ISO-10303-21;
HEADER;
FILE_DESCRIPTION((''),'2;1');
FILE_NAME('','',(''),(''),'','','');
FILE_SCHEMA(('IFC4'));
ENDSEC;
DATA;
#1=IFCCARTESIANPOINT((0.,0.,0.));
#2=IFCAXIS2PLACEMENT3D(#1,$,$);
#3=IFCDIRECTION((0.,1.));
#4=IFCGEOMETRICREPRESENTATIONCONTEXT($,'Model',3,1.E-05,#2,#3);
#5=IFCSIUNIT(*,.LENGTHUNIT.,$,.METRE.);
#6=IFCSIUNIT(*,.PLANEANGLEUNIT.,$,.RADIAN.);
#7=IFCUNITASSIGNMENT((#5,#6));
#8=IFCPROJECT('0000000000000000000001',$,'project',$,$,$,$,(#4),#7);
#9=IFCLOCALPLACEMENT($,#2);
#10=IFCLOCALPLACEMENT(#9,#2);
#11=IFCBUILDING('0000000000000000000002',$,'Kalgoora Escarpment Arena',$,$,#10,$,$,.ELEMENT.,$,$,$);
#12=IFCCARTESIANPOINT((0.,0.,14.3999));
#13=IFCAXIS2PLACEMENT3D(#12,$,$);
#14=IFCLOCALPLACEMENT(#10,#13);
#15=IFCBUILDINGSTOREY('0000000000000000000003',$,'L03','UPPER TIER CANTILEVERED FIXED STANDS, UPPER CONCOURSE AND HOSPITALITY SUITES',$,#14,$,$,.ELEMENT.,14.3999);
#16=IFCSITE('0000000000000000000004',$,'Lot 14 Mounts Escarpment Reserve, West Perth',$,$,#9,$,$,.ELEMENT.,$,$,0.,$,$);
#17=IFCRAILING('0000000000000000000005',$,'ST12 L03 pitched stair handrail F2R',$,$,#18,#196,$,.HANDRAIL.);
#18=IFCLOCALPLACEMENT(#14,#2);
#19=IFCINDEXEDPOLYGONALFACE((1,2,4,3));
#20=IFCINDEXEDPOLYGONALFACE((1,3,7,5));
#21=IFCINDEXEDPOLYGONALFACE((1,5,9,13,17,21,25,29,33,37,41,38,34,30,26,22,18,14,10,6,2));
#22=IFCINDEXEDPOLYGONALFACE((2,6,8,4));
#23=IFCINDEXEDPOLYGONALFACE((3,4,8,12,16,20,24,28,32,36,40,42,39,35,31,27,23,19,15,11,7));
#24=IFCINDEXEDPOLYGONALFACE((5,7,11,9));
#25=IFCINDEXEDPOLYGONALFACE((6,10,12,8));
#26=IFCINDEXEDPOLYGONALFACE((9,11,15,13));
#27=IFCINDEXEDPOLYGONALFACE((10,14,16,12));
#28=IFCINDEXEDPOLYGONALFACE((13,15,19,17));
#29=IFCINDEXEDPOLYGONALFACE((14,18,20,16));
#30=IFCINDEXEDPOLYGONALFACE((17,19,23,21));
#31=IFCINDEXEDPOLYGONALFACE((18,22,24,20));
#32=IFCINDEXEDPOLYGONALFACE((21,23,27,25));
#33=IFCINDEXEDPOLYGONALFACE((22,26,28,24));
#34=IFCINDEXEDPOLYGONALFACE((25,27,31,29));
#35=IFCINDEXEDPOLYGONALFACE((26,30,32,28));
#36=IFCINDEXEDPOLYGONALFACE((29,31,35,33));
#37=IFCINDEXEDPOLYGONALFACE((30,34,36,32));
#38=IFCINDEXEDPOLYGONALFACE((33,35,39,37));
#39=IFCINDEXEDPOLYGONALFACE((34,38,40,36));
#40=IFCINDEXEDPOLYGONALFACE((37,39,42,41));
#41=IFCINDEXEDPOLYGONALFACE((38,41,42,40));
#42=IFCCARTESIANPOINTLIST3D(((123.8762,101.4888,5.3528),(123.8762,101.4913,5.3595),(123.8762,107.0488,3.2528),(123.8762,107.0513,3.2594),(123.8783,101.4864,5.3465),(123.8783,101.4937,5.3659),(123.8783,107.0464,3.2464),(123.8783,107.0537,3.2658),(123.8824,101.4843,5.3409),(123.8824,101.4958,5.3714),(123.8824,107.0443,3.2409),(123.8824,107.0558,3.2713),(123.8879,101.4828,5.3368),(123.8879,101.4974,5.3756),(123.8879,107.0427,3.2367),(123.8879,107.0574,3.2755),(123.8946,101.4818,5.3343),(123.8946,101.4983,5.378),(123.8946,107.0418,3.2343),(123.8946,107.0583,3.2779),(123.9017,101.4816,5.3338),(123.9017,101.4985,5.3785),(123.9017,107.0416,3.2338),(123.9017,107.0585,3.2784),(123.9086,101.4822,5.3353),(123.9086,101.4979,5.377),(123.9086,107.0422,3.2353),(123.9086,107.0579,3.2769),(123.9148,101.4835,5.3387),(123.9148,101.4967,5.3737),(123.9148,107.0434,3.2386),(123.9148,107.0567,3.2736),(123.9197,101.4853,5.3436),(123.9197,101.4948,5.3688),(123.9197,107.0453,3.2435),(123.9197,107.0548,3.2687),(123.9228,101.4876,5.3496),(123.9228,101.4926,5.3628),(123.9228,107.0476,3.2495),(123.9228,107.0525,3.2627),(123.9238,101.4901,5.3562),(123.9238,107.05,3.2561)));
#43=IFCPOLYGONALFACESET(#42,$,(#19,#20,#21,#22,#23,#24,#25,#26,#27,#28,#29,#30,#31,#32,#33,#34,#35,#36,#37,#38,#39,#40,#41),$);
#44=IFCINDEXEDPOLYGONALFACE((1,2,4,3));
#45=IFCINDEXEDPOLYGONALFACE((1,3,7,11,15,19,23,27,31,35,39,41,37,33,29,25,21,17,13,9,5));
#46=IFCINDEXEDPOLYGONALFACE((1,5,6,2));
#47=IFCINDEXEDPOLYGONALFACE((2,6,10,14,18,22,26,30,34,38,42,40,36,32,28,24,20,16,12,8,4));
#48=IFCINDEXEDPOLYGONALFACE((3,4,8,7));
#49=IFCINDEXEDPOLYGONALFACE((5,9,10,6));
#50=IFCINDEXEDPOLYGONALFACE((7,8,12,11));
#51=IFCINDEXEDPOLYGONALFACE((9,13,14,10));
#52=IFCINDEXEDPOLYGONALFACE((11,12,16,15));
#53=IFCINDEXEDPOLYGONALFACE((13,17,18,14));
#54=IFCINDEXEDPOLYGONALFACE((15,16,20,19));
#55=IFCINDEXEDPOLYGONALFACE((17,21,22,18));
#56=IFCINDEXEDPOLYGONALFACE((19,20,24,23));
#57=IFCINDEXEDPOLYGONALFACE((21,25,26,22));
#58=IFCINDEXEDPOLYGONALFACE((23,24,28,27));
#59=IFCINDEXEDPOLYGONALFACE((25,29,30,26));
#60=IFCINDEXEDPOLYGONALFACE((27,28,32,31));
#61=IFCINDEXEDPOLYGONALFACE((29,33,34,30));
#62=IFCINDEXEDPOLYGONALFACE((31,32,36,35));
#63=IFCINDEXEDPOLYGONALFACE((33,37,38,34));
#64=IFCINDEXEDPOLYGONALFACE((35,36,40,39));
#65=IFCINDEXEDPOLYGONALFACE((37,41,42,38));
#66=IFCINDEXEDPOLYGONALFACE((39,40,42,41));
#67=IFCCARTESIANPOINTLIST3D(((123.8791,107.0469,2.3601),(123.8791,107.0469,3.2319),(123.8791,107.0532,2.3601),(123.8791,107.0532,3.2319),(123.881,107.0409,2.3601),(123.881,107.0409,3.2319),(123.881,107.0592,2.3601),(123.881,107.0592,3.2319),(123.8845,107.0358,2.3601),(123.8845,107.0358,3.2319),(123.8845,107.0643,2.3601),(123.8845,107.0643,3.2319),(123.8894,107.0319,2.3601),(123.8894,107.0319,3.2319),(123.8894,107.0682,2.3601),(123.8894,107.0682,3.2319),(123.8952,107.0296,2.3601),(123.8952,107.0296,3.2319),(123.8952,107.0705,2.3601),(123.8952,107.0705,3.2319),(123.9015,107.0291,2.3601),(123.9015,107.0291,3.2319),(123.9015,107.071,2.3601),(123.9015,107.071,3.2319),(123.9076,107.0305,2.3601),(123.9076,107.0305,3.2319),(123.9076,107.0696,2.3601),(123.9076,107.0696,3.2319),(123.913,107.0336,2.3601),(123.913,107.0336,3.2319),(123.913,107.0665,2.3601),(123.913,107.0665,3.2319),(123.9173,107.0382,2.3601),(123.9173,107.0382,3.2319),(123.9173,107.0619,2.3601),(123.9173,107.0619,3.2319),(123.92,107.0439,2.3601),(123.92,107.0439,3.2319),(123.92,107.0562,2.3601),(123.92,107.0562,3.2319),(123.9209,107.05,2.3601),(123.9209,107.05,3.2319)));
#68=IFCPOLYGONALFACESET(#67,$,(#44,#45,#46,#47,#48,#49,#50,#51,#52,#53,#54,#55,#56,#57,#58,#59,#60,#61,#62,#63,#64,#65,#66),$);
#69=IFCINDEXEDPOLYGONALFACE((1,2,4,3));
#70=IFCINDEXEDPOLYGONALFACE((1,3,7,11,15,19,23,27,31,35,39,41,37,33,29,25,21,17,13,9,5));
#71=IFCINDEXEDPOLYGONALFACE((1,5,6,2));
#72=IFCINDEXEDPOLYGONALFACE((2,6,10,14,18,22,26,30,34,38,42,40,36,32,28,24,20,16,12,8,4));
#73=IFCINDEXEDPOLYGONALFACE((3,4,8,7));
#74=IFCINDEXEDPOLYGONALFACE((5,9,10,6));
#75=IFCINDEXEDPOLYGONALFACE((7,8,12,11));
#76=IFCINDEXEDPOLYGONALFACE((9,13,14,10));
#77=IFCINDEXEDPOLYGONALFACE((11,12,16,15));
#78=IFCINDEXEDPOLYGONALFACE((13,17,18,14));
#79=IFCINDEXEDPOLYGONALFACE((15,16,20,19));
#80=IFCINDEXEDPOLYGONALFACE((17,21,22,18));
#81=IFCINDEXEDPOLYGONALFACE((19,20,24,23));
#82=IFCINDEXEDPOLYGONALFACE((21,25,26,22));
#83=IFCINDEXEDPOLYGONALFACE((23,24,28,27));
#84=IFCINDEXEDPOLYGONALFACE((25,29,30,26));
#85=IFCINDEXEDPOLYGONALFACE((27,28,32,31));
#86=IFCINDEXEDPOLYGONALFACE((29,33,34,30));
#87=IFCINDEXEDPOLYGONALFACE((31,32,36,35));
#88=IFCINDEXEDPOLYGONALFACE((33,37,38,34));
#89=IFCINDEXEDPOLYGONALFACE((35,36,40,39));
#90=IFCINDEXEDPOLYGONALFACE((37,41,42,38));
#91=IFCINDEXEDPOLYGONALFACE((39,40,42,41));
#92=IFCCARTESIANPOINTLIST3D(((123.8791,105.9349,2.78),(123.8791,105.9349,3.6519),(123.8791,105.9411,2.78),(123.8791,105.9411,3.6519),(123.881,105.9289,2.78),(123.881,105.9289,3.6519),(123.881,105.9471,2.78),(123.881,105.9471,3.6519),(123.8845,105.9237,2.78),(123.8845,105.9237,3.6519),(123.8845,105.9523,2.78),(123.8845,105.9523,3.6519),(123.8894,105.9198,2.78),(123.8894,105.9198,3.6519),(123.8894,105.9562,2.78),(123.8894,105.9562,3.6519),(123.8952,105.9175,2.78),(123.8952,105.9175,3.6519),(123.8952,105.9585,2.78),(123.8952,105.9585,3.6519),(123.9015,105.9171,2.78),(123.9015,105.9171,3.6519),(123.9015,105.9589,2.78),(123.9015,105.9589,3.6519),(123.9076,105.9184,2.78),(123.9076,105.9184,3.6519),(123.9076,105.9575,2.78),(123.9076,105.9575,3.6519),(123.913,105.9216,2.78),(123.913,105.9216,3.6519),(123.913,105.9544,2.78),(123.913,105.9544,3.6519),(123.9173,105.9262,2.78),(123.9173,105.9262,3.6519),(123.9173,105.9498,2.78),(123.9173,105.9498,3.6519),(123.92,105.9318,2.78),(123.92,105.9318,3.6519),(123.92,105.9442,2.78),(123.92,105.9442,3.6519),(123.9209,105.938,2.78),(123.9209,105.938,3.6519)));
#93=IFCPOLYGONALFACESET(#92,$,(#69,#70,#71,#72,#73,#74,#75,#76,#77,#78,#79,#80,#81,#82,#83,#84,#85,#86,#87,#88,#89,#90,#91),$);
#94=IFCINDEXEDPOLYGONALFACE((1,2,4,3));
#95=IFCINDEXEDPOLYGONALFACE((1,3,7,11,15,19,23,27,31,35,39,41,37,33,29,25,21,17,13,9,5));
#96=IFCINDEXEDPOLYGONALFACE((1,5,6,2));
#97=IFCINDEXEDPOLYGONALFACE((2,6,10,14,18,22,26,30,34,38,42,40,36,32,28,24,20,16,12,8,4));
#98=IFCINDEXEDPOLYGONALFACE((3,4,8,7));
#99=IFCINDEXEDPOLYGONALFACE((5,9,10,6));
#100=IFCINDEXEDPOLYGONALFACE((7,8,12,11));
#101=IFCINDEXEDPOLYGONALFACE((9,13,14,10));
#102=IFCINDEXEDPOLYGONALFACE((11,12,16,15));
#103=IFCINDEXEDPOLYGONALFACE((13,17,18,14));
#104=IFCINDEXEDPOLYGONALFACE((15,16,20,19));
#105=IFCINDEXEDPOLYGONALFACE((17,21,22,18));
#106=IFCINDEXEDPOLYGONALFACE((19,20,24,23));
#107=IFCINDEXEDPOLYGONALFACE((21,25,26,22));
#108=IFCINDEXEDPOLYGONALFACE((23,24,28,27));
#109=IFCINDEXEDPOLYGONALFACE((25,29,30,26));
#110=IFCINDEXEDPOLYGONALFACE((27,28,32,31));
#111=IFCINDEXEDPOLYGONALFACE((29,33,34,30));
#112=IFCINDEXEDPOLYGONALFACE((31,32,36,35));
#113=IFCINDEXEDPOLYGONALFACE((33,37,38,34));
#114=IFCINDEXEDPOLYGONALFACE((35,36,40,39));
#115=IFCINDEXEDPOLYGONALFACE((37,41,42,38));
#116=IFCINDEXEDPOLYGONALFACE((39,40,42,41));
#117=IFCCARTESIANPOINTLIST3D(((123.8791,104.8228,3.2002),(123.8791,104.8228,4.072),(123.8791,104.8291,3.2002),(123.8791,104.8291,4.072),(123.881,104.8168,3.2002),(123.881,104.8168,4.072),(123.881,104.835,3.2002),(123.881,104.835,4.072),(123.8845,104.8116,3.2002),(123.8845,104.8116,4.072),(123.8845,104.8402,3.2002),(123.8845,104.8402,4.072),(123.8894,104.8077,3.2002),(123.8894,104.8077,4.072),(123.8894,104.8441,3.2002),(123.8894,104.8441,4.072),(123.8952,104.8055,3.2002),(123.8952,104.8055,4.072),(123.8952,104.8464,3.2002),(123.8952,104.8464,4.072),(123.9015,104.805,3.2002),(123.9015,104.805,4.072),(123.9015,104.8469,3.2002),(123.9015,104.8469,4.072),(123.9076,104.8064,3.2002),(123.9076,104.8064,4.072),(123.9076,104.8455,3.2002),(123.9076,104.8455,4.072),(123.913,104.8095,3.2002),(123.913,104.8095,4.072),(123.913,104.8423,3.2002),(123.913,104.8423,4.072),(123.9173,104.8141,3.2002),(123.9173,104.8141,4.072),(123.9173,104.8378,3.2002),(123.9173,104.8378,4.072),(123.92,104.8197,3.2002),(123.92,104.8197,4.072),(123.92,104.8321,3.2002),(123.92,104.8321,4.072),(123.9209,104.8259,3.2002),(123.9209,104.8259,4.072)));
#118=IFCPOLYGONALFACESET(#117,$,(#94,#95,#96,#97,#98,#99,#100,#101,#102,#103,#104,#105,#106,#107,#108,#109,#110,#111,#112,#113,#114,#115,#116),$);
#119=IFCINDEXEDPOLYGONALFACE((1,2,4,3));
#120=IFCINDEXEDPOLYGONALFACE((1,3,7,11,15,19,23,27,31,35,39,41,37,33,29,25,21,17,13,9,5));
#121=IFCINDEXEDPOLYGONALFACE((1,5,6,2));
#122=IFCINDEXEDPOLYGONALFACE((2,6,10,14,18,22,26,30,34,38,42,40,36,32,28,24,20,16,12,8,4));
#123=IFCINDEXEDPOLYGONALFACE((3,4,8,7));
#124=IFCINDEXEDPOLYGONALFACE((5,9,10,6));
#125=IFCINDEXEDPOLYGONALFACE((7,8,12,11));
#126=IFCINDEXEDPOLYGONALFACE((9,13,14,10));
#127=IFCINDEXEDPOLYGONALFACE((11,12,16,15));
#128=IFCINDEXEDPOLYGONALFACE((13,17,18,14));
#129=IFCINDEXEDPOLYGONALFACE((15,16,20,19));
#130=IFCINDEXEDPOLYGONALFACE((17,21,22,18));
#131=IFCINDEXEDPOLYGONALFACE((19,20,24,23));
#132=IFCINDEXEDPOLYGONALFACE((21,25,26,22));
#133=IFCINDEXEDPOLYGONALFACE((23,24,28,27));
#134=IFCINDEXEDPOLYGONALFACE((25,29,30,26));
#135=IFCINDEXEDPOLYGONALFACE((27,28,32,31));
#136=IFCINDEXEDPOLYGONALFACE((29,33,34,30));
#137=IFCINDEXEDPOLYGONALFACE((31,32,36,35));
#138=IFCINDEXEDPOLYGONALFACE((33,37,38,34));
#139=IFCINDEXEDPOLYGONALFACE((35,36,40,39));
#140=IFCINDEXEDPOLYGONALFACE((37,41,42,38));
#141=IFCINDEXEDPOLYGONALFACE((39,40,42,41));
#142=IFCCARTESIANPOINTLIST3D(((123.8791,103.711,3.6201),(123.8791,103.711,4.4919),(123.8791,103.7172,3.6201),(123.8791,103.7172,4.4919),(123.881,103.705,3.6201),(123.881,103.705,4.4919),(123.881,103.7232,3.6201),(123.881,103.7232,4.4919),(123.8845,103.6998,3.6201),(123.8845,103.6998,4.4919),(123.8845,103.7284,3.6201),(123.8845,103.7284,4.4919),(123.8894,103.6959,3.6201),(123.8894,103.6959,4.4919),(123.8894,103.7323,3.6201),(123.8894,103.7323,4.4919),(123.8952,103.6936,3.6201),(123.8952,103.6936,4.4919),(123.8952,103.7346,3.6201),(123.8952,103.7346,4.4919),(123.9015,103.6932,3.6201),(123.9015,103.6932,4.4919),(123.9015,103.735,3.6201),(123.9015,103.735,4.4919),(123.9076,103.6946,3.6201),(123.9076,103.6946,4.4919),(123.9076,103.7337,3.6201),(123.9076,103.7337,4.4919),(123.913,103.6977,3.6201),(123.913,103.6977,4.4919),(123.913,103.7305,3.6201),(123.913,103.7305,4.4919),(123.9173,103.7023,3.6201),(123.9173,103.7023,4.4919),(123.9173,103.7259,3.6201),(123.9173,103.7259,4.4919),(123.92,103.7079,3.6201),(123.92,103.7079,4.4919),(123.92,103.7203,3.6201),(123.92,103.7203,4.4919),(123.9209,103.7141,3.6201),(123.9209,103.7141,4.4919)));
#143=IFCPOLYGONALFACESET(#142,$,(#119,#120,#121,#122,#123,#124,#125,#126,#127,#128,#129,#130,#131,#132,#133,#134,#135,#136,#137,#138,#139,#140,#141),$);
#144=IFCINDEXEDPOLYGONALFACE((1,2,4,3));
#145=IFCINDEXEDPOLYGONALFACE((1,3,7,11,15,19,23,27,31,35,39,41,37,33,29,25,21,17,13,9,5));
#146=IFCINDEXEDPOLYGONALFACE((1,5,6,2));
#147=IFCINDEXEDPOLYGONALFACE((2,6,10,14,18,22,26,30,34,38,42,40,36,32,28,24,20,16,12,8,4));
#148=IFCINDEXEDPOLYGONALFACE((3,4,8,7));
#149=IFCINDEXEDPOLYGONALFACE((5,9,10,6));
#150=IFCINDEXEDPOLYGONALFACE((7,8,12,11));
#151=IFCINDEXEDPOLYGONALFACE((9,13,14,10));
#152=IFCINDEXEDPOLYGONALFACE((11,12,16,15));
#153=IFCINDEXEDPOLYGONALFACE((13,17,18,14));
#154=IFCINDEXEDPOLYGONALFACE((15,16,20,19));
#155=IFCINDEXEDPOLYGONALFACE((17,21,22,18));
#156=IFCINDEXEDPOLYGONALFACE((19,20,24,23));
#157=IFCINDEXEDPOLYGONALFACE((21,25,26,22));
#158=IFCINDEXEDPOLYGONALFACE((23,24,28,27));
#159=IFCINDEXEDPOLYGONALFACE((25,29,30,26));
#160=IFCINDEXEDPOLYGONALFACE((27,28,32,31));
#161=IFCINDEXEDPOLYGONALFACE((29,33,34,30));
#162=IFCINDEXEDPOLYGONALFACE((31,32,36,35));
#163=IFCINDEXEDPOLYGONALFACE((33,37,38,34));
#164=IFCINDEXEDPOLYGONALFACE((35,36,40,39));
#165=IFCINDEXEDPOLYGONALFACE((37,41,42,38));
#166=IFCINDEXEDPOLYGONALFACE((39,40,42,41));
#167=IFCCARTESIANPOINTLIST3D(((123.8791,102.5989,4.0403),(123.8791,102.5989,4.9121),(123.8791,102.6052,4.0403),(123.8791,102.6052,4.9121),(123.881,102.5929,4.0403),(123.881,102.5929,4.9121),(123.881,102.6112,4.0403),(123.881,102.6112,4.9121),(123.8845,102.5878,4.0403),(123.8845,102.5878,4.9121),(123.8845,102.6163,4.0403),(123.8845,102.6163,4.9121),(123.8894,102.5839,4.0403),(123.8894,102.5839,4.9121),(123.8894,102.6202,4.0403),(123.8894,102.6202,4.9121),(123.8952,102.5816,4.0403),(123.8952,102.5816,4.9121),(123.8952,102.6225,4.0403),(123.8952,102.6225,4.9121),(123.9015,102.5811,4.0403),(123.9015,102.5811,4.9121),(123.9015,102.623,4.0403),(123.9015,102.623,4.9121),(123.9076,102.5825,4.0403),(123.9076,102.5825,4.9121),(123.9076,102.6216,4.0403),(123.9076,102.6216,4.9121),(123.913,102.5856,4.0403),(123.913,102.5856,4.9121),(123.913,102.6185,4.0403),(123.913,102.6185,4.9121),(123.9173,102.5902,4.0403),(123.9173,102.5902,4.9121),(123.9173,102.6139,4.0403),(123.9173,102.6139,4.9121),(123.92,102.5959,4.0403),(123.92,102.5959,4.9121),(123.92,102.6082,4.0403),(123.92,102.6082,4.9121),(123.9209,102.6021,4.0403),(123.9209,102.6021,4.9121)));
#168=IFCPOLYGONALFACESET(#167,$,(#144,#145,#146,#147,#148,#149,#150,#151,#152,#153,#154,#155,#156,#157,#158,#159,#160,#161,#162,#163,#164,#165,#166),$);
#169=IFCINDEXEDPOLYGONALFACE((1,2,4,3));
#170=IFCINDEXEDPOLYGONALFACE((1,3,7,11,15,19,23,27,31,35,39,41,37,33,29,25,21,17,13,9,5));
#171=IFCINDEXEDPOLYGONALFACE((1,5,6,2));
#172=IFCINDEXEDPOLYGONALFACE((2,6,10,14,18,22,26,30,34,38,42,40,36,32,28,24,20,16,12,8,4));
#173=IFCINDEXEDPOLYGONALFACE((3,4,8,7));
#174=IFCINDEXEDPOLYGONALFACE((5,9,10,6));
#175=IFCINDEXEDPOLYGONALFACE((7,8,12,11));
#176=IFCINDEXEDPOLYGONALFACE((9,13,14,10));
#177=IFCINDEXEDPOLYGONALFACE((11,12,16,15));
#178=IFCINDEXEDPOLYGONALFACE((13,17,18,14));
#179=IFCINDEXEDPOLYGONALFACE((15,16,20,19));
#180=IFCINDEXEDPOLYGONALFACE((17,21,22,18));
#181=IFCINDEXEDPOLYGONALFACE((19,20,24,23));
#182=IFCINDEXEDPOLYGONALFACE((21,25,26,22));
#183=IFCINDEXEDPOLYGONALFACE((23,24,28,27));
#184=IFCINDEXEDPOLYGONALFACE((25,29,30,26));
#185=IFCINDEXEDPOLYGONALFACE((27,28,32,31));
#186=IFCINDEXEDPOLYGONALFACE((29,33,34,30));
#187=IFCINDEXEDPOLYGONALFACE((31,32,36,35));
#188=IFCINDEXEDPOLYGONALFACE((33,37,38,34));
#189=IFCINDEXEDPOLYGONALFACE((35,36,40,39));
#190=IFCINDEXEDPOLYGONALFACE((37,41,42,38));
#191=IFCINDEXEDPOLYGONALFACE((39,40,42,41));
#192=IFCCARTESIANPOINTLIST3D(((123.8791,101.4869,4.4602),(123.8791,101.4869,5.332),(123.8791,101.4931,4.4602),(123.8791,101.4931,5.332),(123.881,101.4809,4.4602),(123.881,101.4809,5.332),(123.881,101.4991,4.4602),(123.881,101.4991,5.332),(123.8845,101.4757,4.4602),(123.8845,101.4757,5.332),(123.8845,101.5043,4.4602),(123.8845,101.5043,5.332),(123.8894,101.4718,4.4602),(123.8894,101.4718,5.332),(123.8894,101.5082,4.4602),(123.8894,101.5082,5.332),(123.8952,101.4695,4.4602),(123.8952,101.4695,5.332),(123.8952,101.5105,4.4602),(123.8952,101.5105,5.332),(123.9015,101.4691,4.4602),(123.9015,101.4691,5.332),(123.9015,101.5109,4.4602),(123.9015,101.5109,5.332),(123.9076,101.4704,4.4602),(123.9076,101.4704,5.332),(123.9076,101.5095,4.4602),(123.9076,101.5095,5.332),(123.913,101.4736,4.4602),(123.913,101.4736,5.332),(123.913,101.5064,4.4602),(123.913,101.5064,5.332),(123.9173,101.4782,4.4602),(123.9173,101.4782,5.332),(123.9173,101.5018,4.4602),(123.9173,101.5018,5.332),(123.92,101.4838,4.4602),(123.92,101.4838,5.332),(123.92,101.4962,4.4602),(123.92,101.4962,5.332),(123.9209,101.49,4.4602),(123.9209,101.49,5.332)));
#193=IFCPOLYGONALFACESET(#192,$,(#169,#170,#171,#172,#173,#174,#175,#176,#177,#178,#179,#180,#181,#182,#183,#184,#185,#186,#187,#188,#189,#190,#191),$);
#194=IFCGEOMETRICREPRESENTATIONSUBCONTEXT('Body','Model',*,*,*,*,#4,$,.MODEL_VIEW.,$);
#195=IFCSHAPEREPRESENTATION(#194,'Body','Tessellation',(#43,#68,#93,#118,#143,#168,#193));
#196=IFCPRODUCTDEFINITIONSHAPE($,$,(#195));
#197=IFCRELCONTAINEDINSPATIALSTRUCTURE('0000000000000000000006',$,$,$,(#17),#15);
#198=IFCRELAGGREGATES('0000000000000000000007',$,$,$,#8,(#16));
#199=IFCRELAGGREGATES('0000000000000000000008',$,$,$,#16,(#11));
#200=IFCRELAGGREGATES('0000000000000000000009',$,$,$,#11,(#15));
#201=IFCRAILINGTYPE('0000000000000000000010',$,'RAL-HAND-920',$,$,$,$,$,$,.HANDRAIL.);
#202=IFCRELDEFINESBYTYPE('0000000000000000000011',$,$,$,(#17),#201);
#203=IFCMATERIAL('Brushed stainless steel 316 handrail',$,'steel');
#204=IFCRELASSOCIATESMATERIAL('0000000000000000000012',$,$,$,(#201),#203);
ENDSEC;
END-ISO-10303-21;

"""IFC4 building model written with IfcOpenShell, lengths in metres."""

from ifc_helpers import new_model, si_unit, direction, frame, origin, origin_2d, place, context, subcontext, project, spatial, circle, extrude, material, type_object, element, save


model = new_model("IFC4")

# Units and contexts
model_context = context("Model", 3, precision=1e-05, world=origin(), true_north=direction((0.0, 1.0)))
body_context = subcontext(model_context, "Body", "Model", "MODEL_VIEW")
ifc_project = project(units=[si_unit("LENGTHUNIT", "METRE"), si_unit("PLANEANGLEUNIT", "RADIAN")], contexts=[model_context])

# Site, building, storey
site_placement = place(None, origin())
site = spatial("IfcSite", under=ifc_project, at=site_placement, Name="Lot 14 Mounts Escarpment Reserve, West Perth", CompositionType="ELEMENT", RefElevation=0.0)
building_placement = place(site_placement, origin())
building = spatial("IfcBuilding", under=site, at=building_placement, Name="Kalgoora Escarpment Arena", CompositionType="ELEMENT")
storey_placement = place(building_placement, frame((0.0, 0.0, 14.3999)))
storey = spatial("IfcBuildingStorey", under=building, at=storey_placement, Name="L03", Description="UPPER TIER CANTILEVERED FIXED STANDS, UPPER CONCOURSE AND HOSPITALITY SUITES", CompositionType="ELEMENT", Elevation=14.3999)

# Railing
ifc_material_1 = material(Name="Brushed stainless steel 316 handrail", Category="steel")
railing_type = type_object("IfcRailingType", Name="RAL-HAND-920", PredefinedType="HANDRAIL", material=ifc_material_1)
for number, where, name in (
    (1, (123.8999, 107.05, 2.3601), "ST12 L03 pitched stair handrail F2R"),
):
    element("IfcRailing", number, at=place(storey_placement, frame(where)), inside=storey, type_object=railing_type, Name=name, PredefinedType="HANDRAIL", context=body_context, shape_type="SweptSolid", body=[
        extrude(circle(Radius=0.0239, at=origin_2d()), frame((0.0, 0.0, 0.896), z_axis=(0.0, -0.935493, 0.353346), x_axis=(1.0, 0.0, 0.0)), (0.0, 0.0, 1.0), 5.9434),
        extrude(circle(Radius=0.021, at=origin_2d()), origin(), (0.0, 0.0, 1.0), 0.8718),
        extrude(circle(Radius=0.021, at=origin_2d()), frame((0.0, -1.1121, 0.4199)), (0.0, 0.0, 1.0), 0.8718),
        extrude(circle(Radius=0.021, at=origin_2d()), frame((0.0, -2.2241, 0.8401)), (0.0, 0.0, 1.0), 0.8718),
        extrude(circle(Radius=0.021, at=origin_2d()), frame((0.0, -3.3359, 1.26)), (0.0, 0.0, 1.0), 0.8718),
        extrude(circle(Radius=0.021, at=origin_2d()), frame((0.0, -4.448, 1.6802)), (0.0, 0.0, 1.0), 0.8718),
        extrude(circle(Radius=0.021, at=origin_2d()), frame((0.0, -5.5601, 2.1001)), (0.0, 0.0, 1.0), 0.8718),
    ])

save(model, "model.ifc")
